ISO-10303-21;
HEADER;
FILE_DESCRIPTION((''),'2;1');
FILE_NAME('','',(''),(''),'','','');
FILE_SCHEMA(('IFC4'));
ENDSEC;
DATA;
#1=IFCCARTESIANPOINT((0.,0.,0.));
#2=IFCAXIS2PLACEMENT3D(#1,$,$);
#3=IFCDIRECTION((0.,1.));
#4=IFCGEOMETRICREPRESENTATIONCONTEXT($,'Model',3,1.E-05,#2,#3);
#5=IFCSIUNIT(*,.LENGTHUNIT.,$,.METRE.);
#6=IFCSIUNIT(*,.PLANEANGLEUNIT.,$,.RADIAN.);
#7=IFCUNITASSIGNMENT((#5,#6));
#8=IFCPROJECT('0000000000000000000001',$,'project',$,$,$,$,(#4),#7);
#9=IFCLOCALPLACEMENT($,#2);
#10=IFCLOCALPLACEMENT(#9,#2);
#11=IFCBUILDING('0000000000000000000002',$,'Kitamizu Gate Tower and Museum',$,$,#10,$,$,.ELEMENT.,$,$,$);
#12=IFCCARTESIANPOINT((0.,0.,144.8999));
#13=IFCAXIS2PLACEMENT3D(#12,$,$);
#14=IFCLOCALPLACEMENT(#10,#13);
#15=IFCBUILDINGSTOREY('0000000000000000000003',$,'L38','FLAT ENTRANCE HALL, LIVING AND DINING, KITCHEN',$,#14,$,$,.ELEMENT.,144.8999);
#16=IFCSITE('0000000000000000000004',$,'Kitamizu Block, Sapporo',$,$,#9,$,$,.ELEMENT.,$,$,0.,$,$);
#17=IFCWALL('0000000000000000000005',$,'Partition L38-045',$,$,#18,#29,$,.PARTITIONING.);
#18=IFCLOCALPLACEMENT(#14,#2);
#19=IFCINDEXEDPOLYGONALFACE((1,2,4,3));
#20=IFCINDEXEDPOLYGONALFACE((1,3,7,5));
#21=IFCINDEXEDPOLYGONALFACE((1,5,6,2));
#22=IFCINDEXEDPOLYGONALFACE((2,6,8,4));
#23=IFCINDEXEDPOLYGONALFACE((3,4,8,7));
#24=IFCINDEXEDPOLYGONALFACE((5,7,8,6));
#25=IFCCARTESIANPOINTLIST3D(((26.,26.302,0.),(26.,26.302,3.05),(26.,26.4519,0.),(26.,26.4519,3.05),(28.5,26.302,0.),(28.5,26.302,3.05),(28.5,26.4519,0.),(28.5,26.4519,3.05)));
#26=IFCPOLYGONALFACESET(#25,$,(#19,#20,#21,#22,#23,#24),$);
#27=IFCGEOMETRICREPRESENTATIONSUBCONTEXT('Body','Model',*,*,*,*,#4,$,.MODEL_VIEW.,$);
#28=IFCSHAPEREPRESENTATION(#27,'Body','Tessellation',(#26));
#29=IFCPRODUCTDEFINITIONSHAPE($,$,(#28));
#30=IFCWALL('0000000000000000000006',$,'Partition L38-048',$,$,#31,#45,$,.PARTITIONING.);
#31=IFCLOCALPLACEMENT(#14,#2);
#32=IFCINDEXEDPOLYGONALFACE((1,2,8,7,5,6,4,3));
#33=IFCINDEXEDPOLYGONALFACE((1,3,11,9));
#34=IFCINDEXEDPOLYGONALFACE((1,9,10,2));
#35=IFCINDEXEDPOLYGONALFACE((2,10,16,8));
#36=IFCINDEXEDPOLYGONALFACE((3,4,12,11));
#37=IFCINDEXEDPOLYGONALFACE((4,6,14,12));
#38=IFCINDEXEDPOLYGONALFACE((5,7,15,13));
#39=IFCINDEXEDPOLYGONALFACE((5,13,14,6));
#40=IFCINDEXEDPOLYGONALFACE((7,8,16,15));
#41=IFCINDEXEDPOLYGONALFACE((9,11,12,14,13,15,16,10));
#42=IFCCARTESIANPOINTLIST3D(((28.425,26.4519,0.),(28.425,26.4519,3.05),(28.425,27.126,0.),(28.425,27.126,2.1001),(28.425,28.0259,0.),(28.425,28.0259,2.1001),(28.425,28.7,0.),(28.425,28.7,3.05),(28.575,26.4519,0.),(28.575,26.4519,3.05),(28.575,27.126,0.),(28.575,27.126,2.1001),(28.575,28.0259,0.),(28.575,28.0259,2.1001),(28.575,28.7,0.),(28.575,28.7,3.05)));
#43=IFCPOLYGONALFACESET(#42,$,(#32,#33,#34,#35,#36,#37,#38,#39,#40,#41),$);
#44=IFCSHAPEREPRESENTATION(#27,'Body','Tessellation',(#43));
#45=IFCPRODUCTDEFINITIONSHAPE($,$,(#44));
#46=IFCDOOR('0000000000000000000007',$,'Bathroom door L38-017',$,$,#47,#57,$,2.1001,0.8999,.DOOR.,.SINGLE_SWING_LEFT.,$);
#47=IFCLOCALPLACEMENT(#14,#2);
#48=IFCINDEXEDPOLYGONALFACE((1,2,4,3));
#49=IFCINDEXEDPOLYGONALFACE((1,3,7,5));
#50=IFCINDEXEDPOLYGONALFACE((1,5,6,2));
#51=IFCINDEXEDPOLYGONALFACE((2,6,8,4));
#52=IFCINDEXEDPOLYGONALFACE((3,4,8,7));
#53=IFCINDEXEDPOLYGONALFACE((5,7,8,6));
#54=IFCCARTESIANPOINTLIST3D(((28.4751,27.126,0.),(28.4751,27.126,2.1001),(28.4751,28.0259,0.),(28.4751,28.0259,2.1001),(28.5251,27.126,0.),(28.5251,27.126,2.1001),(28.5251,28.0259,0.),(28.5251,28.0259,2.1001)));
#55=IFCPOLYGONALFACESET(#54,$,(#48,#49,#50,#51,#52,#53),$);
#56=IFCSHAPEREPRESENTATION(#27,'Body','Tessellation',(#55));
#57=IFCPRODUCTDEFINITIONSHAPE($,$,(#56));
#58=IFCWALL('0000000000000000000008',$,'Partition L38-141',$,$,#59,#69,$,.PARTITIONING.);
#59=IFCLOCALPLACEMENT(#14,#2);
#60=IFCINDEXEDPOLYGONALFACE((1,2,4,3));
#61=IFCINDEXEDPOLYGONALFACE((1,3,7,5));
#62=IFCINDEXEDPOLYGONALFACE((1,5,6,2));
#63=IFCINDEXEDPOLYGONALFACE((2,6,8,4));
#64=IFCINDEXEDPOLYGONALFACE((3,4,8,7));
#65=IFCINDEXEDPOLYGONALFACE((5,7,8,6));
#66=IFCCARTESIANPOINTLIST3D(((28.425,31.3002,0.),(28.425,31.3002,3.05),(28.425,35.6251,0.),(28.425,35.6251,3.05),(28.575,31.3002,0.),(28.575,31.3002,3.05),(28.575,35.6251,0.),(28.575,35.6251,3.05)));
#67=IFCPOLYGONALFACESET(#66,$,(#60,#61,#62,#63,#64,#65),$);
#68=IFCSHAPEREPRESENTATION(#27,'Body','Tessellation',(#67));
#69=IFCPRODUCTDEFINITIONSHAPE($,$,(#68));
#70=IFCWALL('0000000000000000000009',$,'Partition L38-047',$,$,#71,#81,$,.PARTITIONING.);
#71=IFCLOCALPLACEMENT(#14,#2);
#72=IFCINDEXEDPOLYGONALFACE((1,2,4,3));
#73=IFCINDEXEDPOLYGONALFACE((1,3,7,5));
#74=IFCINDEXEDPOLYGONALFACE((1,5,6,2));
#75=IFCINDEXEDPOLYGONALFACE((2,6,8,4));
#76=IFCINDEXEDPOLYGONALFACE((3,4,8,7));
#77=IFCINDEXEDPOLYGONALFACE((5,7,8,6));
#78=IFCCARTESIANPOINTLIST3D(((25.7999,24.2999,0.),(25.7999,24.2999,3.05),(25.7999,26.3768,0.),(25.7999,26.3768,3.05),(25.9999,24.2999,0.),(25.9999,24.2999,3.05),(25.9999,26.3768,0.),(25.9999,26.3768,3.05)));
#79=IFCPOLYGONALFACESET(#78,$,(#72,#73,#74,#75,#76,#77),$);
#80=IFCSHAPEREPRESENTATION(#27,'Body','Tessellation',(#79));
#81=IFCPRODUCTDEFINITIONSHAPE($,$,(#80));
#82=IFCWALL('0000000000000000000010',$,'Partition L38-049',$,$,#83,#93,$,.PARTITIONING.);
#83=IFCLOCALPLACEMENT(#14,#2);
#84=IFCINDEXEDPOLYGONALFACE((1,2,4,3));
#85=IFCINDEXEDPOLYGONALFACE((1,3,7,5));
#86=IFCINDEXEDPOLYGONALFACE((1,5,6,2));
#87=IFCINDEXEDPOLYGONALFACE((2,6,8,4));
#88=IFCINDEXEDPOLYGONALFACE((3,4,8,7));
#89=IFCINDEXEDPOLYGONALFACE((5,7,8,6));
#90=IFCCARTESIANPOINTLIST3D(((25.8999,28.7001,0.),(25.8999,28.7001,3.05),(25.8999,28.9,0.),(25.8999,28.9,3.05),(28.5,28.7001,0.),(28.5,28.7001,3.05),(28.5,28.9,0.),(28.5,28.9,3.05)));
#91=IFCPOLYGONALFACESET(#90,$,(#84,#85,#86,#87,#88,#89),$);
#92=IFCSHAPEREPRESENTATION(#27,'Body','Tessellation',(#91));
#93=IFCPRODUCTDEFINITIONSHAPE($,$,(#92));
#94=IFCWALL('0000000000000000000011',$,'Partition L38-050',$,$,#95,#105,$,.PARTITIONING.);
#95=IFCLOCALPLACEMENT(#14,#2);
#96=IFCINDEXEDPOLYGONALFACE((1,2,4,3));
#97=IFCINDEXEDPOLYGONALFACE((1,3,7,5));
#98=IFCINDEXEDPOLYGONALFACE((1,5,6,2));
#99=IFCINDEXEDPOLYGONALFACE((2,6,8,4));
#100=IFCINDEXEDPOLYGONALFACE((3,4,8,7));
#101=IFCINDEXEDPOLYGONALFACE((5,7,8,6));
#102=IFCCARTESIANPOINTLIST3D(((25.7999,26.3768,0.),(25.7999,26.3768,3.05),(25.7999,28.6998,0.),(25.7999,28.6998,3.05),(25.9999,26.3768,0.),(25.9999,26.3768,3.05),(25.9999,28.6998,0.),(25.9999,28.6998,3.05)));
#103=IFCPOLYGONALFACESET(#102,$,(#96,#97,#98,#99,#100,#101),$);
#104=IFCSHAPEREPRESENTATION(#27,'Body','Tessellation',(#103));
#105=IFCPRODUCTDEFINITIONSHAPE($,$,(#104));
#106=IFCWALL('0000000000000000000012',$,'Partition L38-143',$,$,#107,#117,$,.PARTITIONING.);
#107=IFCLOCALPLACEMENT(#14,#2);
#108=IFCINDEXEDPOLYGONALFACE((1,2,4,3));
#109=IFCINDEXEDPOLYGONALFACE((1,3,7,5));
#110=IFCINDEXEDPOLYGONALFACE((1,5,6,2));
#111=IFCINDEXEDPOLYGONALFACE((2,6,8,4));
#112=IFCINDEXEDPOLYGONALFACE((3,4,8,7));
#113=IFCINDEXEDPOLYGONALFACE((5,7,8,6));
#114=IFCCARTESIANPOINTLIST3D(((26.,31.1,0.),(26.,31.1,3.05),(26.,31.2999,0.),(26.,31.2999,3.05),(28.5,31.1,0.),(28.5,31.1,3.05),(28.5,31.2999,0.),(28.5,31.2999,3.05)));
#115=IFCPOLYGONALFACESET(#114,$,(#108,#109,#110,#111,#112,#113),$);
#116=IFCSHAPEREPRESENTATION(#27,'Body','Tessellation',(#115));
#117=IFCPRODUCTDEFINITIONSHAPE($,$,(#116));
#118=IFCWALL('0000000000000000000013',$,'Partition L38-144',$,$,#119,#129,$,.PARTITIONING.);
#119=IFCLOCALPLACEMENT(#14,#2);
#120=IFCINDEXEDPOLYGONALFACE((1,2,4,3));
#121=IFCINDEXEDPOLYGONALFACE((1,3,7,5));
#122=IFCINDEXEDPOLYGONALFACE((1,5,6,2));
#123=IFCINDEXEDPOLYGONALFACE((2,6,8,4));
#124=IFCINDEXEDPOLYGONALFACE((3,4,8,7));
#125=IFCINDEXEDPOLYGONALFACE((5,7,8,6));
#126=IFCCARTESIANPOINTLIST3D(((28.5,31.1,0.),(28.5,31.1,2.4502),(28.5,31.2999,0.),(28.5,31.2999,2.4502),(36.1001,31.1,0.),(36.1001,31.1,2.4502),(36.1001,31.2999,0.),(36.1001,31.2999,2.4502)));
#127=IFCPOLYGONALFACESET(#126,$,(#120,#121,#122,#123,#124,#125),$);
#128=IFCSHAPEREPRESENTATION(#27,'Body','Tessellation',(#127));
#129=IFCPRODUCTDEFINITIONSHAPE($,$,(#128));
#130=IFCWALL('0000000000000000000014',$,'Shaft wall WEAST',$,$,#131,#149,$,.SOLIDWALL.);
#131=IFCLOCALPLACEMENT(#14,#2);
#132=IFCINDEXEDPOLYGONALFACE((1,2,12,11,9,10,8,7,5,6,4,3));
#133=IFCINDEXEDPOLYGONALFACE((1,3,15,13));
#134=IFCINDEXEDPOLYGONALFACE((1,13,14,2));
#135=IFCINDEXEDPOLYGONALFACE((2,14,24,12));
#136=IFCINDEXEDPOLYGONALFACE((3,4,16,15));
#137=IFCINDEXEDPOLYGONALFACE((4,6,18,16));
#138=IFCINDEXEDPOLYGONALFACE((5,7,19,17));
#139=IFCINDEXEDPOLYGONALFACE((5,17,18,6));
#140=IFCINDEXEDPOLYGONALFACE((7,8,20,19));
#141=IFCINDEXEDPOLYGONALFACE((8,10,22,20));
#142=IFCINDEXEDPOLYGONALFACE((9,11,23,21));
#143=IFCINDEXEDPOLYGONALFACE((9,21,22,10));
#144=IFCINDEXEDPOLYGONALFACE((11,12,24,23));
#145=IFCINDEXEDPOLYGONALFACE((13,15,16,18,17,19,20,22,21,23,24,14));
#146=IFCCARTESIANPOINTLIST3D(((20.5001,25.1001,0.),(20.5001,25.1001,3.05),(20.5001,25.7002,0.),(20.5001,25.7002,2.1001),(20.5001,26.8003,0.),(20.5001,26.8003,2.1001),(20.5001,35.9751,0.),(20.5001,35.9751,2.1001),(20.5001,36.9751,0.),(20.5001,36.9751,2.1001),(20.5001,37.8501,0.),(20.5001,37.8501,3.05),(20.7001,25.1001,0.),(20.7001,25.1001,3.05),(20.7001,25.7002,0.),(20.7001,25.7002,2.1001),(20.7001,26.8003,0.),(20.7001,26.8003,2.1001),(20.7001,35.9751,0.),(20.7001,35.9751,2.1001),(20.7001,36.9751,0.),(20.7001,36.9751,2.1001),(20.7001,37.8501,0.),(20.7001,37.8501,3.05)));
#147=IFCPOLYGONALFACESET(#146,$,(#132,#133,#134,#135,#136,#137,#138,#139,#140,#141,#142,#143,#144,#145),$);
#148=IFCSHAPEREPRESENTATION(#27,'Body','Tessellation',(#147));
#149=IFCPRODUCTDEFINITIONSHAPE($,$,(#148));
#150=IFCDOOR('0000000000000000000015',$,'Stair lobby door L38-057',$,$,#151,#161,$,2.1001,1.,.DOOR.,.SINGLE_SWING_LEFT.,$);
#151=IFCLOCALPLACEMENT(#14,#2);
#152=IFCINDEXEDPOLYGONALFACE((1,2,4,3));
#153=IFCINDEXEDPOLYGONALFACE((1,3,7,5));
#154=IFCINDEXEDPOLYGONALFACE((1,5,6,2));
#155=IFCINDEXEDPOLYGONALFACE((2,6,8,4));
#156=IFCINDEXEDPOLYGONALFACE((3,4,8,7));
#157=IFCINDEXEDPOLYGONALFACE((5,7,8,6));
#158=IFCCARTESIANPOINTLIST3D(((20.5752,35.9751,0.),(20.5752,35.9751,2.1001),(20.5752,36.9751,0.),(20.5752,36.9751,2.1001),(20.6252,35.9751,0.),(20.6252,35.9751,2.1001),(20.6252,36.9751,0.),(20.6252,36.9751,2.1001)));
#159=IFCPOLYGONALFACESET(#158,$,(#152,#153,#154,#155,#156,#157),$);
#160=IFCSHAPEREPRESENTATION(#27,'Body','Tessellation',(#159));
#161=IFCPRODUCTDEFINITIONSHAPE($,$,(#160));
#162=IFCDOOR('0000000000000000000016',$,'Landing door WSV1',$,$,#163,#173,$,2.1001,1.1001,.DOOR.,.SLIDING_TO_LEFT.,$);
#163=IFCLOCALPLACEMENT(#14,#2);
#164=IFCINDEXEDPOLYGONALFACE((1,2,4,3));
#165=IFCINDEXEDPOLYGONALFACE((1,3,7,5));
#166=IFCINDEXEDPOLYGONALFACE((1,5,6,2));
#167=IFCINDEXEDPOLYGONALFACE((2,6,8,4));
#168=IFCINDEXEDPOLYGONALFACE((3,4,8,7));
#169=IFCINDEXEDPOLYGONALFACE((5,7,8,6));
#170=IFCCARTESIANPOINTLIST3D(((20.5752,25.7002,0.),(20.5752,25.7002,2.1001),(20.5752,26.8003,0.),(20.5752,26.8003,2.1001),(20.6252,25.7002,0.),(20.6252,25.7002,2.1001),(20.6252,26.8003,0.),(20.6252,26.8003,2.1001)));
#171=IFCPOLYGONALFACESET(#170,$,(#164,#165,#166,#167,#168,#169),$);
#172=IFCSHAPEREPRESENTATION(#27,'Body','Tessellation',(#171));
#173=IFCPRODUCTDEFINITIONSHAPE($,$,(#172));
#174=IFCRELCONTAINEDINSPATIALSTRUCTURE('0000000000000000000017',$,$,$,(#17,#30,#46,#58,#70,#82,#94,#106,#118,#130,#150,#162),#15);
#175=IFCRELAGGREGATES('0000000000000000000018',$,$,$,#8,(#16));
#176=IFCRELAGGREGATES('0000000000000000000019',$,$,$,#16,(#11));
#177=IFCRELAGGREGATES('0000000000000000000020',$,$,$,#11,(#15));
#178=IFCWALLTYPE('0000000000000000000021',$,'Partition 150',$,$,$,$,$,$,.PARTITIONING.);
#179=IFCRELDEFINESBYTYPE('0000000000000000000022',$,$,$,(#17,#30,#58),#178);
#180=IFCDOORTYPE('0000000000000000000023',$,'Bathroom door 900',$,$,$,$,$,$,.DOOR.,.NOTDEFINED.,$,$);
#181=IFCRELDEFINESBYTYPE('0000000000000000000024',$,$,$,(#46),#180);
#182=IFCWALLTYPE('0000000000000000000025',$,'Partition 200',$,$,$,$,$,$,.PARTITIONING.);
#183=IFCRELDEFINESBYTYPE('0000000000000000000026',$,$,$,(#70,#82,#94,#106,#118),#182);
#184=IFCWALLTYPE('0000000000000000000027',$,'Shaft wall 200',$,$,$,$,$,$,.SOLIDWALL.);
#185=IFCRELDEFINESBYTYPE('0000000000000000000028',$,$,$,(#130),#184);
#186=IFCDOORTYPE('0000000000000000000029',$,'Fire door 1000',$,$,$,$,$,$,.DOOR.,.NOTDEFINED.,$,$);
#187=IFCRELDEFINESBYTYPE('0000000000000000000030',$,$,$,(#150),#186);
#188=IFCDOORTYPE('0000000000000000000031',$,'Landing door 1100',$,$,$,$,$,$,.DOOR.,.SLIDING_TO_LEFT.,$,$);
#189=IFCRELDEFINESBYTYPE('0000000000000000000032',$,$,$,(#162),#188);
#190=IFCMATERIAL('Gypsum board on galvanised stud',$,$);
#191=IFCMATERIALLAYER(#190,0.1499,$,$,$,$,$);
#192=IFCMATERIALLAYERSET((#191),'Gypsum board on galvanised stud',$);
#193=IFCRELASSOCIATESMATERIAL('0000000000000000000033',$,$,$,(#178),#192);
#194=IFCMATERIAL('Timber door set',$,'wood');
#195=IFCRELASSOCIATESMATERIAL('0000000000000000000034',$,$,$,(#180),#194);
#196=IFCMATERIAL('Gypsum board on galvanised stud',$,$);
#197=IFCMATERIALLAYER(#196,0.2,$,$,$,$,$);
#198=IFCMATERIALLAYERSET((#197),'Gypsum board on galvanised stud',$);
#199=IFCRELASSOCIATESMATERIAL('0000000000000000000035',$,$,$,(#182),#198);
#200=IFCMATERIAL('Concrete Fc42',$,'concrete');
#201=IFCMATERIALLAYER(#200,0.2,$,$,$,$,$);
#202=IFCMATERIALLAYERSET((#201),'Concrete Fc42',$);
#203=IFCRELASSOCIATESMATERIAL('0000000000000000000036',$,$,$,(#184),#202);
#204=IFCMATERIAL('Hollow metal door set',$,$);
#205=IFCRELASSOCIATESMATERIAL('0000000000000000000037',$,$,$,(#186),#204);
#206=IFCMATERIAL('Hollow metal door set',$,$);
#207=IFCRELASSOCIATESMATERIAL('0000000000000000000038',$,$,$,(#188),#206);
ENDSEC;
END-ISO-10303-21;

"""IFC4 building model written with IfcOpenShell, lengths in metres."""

from ifc_helpers import new_model, si_unit, direction, frame, frame_2d, origin, place, context, subcontext, project, spatial, rectangle, extrude, material, layer, layer_set, type_object, element, fill, save


model = new_model("IFC4")

# Units and contexts
model_context = context("Model", 3, precision=1e-05, world=origin(), true_north=direction((0.0, 1.0)))
body_context = subcontext(model_context, "Body", "Model", "MODEL_VIEW")
ifc_project = project(units=[si_unit("LENGTHUNIT", "METRE"), si_unit("PLANEANGLEUNIT", "RADIAN")], contexts=[model_context])

# Site, building, storey
site_placement = place(None, origin())
site = spatial("IfcSite", under=ifc_project, at=site_placement, Name="Kitamizu Block, Sapporo", CompositionType="ELEMENT", RefElevation=0.0)
building_placement = place(site_placement, origin())
building = spatial("IfcBuilding", under=site, at=building_placement, Name="Kitamizu Gate Tower and Museum", CompositionType="ELEMENT")
storey_placement = place(building_placement, frame((0.0, 0.0, 144.8999)))
storey = spatial("IfcBuildingStorey", under=building, at=storey_placement, Name="L38", Description="FLAT ENTRANCE HALL, LIVING AND DINING, KITCHEN", CompositionType="ELEMENT", Elevation=144.8999)

# Wall
ifc_material_1 = material(Name="Gypsum board on galvanised stud")
ifc_layer_1 = layer(ifc_material_1, 0.1499)
ifc_layer_set_1 = layer_set([ifc_layer_1], Name="Gypsum board on galvanised stud")
wall_type_1 = type_object("IfcWallType", Name="Partition 150", PredefinedType="PARTITIONING", material=ifc_layer_set_1)
wall_1_placement = place(storey_placement, frame((28.5, 26.377, 0.0), z_axis=(0.0, 0.0, 1.0), x_axis=(-1.0, 0.0, 0.0)))
element("IfcWall", 1, at=wall_1_placement, inside=storey, type_object=wall_type_1, Name="Partition L38-045", PredefinedType="PARTITIONING", context=body_context, shape_type="SweptSolid", body=[
    extrude(rectangle(XDim=2.5, YDim=0.1499, at=frame_2d((1.25, 0.0))), origin(), (0.0, 0.0, 1.0), 3.05),
])

# Wall, opening, door
wall_2_placement = place(storey_placement, frame((28.5, 26.4519, 0.0), z_axis=(0.0, 0.0, 1.0), x_axis=(0.0, 1.0, 0.0)))
wall_2 = element("IfcWall", 2, at=wall_2_placement, inside=storey, type_object=wall_type_1, Name="Partition L38-048", PredefinedType="PARTITIONING", context=body_context, shape_type="SweptSolid", body=[
    extrude(rectangle(XDim=2.248, YDim=0.1499, at=frame_2d((1.124, 0.0))), origin(), (0.0, 0.0, 1.0), 3.05),
])
opening_1_placement = place(wall_2_placement, frame((0.6741, 0.0, 0.0)))
opening_1 = element("IfcOpeningElement", 3, at=opening_1_placement, cuts=wall_2, PredefinedType="OPENING", context=body_context, shape_type="SweptSolid", body=[
    extrude(rectangle(XDim=0.8999, YDim=2.1001, at=frame_2d((0.45, 1.05))), frame((0.0, 0.085, 0.0), z_axis=(0.0, -1.0, 0.0), x_axis=(1.0, 0.0, 0.0)), (0.0, 0.0, 1.0), 0.1699),
])
ifc_material_2 = material(Name="Timber door set", Category="wood")
door_type_1 = type_object("IfcDoorType", Name="Bathroom door 900", OperationType="NOTDEFINED", PredefinedType="DOOR", material=ifc_material_2)
door_1_placement = place(opening_1_placement, origin())
door_1 = element("IfcDoor", 4, at=door_1_placement, inside=storey, type_object=door_type_1, Name="Bathroom door L38-017", OperationType="SINGLE_SWING_LEFT", OverallHeight=2.1001, OverallWidth=0.8999, PredefinedType="DOOR", context=body_context, shape_type="SweptSolid", body=[
    extrude(rectangle(XDim=0.8999, YDim=2.1001, at=frame_2d((0.45, 1.05))), frame((0.0, 0.0249, 0.0), z_axis=(0.0, -1.0, 0.0), x_axis=(1.0, 0.0, 0.0)), (0.0, 0.0, 1.0), 0.05),
])
fill(opening_1, door_1)

# Walls
wall_3_placement = place(storey_placement, frame((28.5, 31.3, 0.0), z_axis=(0.0, 0.0, 1.0), x_axis=(0.0, 1.0, 0.0)))
element("IfcWall", 5, at=wall_3_placement, inside=storey, type_object=wall_type_1, Name="Partition L38-141", PredefinedType="PARTITIONING", context=body_context, shape_type="SweptSolid", body=[
    extrude(rectangle(XDim=4.325, YDim=0.1499, at=frame_2d((2.1626, 0.0))), origin(), (0.0, 0.0, 1.0), 3.05),
])
ifc_material_3 = material(Name="Gypsum board on galvanised stud")
ifc_layer_2 = layer(ifc_material_3, 0.2)
ifc_layer_set_2 = layer_set([ifc_layer_2], Name="Gypsum board on galvanised stud")
wall_type_2 = type_object("IfcWallType", Name="Partition 200", PredefinedType="PARTITIONING", material=ifc_layer_set_2)
wall_4_placement = place(storey_placement, frame((25.8999, 26.377, 0.0), z_axis=(0.0, 0.0, 1.0), x_axis=(0.0, -1.0, 0.0)))
element("IfcWall", 6, at=wall_4_placement, inside=storey, type_object=wall_type_2, Name="Partition L38-047", PredefinedType="PARTITIONING", context=body_context, shape_type="SweptSolid", body=[
    extrude(rectangle(XDim=2.0769, YDim=0.2, at=frame_2d((1.0386, 0.0))), origin(), (0.0, 0.0, 1.0), 3.05),
])
wall_5_placement = place(storey_placement, frame((28.5, 28.8, 0.0), z_axis=(0.0, 0.0, 1.0), x_axis=(-1.0, 0.0, 0.0)))
element("IfcWall", 7, at=wall_5_placement, inside=storey, type_object=wall_type_2, Name="Partition L38-049", PredefinedType="PARTITIONING", context=body_context, shape_type="SweptSolid", body=[
    extrude(rectangle(XDim=2.6001, YDim=0.2, at=frame_2d((1.3, 0.0))), origin(), (0.0, 0.0, 1.0), 3.05),
])
wall_6_placement = place(storey_placement, frame((25.8999, 28.7, 0.0), z_axis=(0.0, 0.0, 1.0), x_axis=(0.0, -1.0, 0.0)))
element("IfcWall", 8, at=wall_6_placement, inside=storey, type_object=wall_type_2, Name="Partition L38-050", PredefinedType="PARTITIONING", context=body_context, shape_type="SweptSolid", body=[
    extrude(rectangle(XDim=2.323, YDim=0.2, at=frame_2d((1.1616, 0.0))), origin(), (0.0, 0.0, 1.0), 3.05),
])
wall_7_placement = place(storey_placement, frame((26.0, 31.2, 0.0), z_axis=(0.0, 0.0, 1.0), x_axis=(1.0, 0.0, 0.0)))
element("IfcWall", 9, at=wall_7_placement, inside=storey, type_object=wall_type_2, Name="Partition L38-143", PredefinedType="PARTITIONING", context=body_context, shape_type="SweptSolid", body=[
    extrude(rectangle(XDim=2.5, YDim=0.2, at=frame_2d((1.25, 0.0))), origin(), (0.0, 0.0, 1.0), 3.05),
])
wall_8_placement = place(storey_placement, frame((28.5, 31.2, 0.0), z_axis=(0.0, 0.0, 1.0), x_axis=(1.0, 0.0, 0.0)))
element("IfcWall", 10, at=wall_8_placement, inside=storey, type_object=wall_type_2, Name="Partition L38-144", PredefinedType="PARTITIONING", context=body_context, shape_type="SweptSolid", body=[
    extrude(rectangle(XDim=7.6001, YDim=0.2, at=frame_2d((3.8, 0.0))), origin(), (0.0, 0.0, 1.0), 2.4502),
])

# Wall, openings, doors
ifc_material_4 = material(Name="Concrete Fc42", Category="concrete")
ifc_layer_3 = layer(ifc_material_4, 0.2)
ifc_layer_set_3 = layer_set([ifc_layer_3], Name="Concrete Fc42")
wall_type_3 = type_object("IfcWallType", Name="Shaft wall 200", PredefinedType="SOLIDWALL", material=ifc_layer_set_3)
wall_9_placement = place(storey_placement, frame((20.6001, 25.1001, 0.0), z_axis=(0.0, 0.0, 1.0), x_axis=(0.0, 1.0, 0.0)))
wall_9 = element("IfcWall", 11, at=wall_9_placement, inside=storey, type_object=wall_type_3, Name="Shaft wall WEAST", PredefinedType="SOLIDWALL", context=body_context, shape_type="SweptSolid", body=[
    extrude(rectangle(XDim=12.75, YDim=0.2, at=frame_2d((6.375, 0.0))), origin(), (0.0, 0.0, 1.0), 3.05),
])
opening_2_placement = place(wall_9_placement, frame((0.6001, 0.0, 0.0)))
opening_2 = element("IfcOpeningElement", 12, at=opening_2_placement, cuts=wall_9, PredefinedType="OPENING", context=body_context, shape_type="SweptSolid", body=[
    extrude(rectangle(XDim=1.1001, YDim=2.1001, at=frame_2d((0.55, 1.05))), frame((0.0, 0.1099, 0.0), z_axis=(0.0, -1.0, 0.0), x_axis=(1.0, 0.0, 0.0)), (0.0, 0.0, 1.0), 0.22),
])
opening_3_placement = place(wall_9_placement, frame((10.875, 0.0, 0.0)))
opening_3 = element("IfcOpeningElement", 13, at=opening_3_placement, cuts=wall_9, PredefinedType="OPENING", context=body_context, shape_type="SweptSolid", body=[
    extrude(rectangle(XDim=1.0, YDim=2.1001, at=frame_2d((0.5, 1.05))), frame((0.0, 0.1099, 0.0), z_axis=(0.0, -1.0, 0.0), x_axis=(1.0, 0.0, 0.0)), (0.0, 0.0, 1.0), 0.22),
])
ifc_material_5 = material(Name="Hollow metal door set")
door_type_2 = type_object("IfcDoorType", Name="Fire door 1000", OperationType="NOTDEFINED", PredefinedType="DOOR", material=ifc_material_5)
door_2_placement = place(opening_3_placement, origin())
door_2 = element("IfcDoor", 14, at=door_2_placement, inside=storey, type_object=door_type_2, Name="Stair lobby door L38-057", OperationType="SINGLE_SWING_LEFT", OverallHeight=2.1001, OverallWidth=1.0, PredefinedType="DOOR", context=body_context, shape_type="SweptSolid", body=[
    extrude(rectangle(XDim=1.0, YDim=2.1001, at=frame_2d((0.5, 1.05))), frame((0.0, 0.0249, 0.0), z_axis=(0.0, -1.0, 0.0), x_axis=(1.0, 0.0, 0.0)), (0.0, 0.0, 1.0), 0.05),
])
fill(opening_3, door_2)
ifc_material_6 = material(Name="Hollow metal door set")
door_type_3 = type_object("IfcDoorType", Name="Landing door 1100", OperationType="SLIDING_TO_LEFT", PredefinedType="DOOR", material=ifc_material_6)
door_3_placement = place(opening_2_placement, origin())
door_3 = element("IfcDoor", 15, at=door_3_placement, inside=storey, type_object=door_type_3, Name="Landing door WSV1", OperationType="SLIDING_TO_LEFT", OverallHeight=2.1001, OverallWidth=1.1001, PredefinedType="DOOR", context=body_context, shape_type="SweptSolid", body=[
    extrude(rectangle(XDim=1.1001, YDim=2.1001, at=frame_2d((0.55, 1.05))), frame((0.0, 0.0249, 0.0), z_axis=(0.0, -1.0, 0.0), x_axis=(1.0, 0.0, 0.0)), (0.0, 0.0, 1.0), 0.05),
])
fill(opening_2, door_3)

save(model, "model.ifc")
